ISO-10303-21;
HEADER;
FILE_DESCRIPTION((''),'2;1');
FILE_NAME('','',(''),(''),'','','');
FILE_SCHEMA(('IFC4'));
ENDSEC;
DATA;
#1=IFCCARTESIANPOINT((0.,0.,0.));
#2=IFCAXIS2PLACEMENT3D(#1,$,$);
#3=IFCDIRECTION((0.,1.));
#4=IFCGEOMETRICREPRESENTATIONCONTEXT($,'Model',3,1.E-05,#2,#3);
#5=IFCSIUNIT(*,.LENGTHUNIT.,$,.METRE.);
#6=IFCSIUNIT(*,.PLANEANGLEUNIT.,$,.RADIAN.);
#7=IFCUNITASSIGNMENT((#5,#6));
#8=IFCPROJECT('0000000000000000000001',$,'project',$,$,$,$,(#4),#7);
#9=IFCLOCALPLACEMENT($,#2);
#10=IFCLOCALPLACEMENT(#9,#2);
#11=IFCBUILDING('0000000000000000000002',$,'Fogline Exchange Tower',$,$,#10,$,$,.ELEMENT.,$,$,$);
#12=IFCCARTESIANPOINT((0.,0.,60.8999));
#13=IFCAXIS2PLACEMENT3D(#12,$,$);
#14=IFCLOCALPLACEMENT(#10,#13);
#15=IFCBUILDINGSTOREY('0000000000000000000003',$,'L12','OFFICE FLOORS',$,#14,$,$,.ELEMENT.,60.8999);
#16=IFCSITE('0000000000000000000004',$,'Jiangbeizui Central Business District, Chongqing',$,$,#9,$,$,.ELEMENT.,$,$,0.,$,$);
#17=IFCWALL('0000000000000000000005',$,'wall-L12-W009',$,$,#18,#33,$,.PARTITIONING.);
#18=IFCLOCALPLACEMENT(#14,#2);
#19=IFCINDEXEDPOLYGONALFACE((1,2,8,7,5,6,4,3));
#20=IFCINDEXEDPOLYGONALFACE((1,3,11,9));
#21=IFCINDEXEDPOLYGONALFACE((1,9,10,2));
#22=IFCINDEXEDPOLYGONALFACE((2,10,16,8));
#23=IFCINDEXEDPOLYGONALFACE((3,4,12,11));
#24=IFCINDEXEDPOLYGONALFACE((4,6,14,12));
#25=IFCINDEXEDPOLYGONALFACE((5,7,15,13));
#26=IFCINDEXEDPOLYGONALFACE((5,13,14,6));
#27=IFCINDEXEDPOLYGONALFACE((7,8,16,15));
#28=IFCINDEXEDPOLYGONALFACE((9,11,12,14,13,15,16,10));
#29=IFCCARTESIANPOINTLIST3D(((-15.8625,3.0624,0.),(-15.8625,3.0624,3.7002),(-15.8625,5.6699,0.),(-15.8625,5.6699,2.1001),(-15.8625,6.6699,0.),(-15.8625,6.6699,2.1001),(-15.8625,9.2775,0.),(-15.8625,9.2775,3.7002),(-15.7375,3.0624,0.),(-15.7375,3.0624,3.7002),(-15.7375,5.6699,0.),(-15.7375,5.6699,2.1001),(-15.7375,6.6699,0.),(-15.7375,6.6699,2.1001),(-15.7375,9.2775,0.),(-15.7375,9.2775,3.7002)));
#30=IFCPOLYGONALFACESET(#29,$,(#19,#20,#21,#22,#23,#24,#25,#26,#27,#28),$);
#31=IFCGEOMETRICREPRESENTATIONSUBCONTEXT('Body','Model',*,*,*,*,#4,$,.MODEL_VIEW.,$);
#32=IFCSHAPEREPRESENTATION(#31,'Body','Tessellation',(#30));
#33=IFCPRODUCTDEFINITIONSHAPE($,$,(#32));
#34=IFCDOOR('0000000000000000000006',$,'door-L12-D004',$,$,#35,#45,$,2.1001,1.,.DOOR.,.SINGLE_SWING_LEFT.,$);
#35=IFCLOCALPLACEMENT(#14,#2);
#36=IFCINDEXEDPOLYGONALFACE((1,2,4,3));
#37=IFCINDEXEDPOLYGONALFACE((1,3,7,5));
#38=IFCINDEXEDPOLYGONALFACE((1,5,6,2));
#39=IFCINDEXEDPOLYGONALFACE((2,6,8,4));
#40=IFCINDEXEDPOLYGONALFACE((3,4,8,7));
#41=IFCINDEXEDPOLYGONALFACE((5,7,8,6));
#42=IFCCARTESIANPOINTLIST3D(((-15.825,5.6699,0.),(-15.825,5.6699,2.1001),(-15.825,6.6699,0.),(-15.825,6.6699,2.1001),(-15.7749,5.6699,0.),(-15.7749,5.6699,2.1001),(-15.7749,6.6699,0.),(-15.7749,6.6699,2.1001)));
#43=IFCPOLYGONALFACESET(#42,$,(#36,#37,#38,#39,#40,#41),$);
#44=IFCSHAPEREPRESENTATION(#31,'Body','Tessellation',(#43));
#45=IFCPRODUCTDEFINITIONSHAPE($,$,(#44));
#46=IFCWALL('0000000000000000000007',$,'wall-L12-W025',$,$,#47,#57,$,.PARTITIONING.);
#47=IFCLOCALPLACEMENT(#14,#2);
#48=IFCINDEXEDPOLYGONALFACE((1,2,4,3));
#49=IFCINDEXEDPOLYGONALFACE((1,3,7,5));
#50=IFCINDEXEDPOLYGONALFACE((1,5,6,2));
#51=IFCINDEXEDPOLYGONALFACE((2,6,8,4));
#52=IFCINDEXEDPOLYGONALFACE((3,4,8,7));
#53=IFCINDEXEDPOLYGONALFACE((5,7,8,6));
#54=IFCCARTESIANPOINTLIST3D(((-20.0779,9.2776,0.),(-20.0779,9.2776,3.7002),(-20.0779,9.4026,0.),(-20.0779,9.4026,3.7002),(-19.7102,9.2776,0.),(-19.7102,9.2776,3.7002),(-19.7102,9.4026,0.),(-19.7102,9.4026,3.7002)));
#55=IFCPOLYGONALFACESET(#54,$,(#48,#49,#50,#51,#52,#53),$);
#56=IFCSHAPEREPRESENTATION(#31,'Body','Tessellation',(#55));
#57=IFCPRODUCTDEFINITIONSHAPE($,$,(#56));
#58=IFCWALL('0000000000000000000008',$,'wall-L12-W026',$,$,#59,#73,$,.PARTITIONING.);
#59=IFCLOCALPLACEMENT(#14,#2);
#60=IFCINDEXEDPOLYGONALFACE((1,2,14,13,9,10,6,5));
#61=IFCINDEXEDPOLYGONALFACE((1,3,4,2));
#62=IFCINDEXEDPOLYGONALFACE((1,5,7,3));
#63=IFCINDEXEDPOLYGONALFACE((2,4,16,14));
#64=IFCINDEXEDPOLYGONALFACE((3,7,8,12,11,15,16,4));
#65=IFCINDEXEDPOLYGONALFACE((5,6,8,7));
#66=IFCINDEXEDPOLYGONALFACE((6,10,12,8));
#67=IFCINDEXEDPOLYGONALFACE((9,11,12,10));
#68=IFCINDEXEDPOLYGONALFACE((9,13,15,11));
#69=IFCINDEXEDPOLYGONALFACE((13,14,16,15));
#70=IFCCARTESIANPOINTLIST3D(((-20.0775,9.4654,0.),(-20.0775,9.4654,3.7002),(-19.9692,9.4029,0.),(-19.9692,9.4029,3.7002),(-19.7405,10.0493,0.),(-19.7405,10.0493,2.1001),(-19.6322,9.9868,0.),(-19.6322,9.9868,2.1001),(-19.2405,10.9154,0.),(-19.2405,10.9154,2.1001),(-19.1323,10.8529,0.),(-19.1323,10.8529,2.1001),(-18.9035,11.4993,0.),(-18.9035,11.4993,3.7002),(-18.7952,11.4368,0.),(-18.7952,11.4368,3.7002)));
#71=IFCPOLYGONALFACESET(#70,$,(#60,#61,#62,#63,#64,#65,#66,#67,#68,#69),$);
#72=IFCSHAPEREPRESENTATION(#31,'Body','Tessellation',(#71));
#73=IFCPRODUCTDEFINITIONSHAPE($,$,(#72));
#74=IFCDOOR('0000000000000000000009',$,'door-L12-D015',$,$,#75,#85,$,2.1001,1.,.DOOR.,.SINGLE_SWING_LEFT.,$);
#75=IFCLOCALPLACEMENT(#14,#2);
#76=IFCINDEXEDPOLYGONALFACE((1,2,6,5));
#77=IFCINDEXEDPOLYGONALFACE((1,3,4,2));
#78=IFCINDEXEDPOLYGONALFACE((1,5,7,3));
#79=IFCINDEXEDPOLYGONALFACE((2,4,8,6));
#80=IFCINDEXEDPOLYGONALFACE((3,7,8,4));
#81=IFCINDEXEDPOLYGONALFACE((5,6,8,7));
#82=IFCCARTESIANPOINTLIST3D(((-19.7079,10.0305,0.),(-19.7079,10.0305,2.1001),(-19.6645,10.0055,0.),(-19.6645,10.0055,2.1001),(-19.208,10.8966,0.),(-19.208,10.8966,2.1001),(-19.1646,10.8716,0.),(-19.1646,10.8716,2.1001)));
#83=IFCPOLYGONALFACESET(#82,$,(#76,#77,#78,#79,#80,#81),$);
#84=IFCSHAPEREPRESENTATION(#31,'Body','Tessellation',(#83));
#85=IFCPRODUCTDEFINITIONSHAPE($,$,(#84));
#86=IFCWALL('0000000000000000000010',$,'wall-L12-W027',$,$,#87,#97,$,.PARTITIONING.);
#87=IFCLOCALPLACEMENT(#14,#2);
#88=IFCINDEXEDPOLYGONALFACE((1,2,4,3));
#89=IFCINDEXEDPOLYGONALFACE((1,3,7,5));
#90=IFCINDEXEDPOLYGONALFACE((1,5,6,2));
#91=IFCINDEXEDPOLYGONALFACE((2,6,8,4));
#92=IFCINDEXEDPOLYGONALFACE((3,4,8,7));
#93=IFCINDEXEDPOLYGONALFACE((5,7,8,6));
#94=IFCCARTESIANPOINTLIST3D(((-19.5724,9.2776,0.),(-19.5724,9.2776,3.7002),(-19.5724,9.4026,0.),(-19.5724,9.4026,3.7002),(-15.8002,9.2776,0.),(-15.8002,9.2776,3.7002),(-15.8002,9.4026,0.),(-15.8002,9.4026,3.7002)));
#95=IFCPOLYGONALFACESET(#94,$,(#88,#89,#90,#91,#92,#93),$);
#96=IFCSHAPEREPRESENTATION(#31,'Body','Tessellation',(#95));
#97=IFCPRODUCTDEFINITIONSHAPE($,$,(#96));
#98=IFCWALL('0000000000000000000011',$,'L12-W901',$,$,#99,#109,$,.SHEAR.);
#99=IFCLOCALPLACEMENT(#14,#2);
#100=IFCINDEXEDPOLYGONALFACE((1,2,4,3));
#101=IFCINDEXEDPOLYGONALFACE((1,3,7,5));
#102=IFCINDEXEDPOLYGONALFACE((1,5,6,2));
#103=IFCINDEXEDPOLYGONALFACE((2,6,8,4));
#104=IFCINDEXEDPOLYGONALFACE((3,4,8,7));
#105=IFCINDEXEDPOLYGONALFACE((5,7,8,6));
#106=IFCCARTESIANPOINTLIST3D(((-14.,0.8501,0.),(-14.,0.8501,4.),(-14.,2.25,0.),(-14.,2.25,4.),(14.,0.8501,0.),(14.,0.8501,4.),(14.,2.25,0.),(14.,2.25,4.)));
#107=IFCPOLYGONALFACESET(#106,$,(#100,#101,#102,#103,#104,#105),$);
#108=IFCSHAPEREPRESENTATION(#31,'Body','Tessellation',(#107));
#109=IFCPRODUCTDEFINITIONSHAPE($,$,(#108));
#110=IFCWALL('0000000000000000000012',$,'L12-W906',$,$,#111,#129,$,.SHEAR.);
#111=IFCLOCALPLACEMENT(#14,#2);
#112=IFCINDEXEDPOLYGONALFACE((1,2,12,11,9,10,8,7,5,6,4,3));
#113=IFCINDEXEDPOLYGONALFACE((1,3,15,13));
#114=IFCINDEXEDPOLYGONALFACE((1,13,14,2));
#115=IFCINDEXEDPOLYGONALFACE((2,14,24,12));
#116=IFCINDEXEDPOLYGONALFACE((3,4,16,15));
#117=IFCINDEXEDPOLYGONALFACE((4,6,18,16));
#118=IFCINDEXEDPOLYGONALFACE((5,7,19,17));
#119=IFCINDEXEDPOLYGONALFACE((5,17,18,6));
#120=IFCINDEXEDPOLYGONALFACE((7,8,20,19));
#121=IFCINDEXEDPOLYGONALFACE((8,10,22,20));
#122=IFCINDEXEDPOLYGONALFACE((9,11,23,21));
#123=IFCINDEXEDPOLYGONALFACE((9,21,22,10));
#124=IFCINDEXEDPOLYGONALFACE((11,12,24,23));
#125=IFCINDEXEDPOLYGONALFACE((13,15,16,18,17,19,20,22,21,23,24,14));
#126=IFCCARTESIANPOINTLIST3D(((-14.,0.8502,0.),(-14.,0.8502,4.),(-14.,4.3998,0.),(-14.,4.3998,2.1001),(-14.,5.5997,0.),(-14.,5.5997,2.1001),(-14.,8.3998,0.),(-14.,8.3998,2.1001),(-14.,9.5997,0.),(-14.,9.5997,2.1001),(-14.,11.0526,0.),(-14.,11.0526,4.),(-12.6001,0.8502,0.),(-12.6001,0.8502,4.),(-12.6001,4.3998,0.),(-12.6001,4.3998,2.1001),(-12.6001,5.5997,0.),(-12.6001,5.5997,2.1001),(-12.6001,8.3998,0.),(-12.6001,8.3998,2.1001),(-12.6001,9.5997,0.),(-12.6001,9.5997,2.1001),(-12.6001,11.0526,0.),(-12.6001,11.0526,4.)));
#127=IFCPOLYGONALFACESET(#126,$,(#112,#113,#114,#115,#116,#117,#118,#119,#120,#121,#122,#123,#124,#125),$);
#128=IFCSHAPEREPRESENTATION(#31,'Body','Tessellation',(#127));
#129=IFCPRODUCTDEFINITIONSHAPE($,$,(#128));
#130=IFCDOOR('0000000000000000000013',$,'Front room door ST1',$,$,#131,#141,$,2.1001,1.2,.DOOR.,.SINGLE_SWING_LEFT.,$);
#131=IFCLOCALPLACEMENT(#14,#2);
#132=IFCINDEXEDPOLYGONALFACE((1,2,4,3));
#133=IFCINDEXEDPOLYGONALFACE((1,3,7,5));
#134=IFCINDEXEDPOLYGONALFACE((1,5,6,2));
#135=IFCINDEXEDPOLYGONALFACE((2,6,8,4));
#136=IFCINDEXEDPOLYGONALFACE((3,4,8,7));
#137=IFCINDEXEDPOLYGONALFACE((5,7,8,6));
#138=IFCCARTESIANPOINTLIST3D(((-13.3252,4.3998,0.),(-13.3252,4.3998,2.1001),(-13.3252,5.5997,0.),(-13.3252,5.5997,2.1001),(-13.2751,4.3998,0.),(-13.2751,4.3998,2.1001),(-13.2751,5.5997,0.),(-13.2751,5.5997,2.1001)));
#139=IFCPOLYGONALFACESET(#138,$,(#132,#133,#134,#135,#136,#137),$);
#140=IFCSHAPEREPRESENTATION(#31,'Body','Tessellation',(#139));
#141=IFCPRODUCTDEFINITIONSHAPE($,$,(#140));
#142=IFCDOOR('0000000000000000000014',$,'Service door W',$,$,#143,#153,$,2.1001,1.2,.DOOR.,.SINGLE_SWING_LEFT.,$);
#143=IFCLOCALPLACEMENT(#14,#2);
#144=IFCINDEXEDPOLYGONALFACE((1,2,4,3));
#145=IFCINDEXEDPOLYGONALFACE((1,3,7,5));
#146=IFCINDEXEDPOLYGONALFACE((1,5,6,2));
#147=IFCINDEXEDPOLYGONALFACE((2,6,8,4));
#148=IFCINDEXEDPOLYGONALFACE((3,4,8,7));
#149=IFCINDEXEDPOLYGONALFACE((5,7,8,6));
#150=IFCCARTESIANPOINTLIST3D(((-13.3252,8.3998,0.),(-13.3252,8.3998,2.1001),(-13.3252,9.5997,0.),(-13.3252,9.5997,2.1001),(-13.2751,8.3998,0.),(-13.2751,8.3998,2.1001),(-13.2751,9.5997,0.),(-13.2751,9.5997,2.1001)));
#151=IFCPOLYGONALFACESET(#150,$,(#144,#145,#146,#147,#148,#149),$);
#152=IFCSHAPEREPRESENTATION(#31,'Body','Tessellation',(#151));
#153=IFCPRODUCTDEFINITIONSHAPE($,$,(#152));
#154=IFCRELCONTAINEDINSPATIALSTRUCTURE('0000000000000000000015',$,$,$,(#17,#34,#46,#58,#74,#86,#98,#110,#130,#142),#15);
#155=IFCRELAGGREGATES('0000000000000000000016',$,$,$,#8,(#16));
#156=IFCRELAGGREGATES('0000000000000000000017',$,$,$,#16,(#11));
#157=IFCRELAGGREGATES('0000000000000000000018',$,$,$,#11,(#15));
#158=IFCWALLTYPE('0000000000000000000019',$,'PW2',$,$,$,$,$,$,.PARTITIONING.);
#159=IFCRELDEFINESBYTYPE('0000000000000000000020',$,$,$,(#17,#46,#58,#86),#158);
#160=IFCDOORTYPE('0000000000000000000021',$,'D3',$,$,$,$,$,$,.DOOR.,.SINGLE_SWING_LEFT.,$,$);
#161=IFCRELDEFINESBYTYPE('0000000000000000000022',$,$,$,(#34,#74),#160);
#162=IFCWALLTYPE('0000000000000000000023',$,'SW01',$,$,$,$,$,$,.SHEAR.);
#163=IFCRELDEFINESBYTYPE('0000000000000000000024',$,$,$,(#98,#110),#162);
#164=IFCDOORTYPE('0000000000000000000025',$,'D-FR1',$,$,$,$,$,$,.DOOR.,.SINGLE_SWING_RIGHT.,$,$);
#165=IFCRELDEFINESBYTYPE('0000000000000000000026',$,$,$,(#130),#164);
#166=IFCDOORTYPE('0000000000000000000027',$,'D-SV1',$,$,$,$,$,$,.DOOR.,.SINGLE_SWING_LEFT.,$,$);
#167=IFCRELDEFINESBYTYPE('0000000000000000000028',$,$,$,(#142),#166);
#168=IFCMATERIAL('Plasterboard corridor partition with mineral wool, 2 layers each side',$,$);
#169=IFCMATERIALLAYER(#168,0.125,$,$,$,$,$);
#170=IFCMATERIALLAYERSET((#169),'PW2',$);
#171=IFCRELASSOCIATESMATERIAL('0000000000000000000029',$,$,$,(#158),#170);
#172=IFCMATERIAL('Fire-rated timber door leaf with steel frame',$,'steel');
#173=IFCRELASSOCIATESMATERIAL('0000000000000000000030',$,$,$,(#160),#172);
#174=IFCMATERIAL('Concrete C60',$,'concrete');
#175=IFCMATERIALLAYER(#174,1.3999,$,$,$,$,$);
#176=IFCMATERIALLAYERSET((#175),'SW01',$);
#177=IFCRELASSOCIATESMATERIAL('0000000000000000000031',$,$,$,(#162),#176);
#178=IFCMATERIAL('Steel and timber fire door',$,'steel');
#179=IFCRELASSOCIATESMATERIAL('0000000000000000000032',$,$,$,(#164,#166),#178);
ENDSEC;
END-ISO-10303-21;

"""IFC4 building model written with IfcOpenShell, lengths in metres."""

from ifc_helpers import new_model, si_unit, direction, frame, frame_2d, origin, place, context, subcontext, project, spatial, rectangle, extrude, material, layer, layer_set, type_object, element, fill, save


model = new_model("IFC4")

# Units and contexts
model_context = context("Model", 3, precision=1e-05, world=origin(), true_north=direction((0.0, 1.0)))
body_context = subcontext(model_context, "Body", "Model", "MODEL_VIEW")
ifc_project = project(units=[si_unit("LENGTHUNIT", "METRE"), si_unit("PLANEANGLEUNIT", "RADIAN")], contexts=[model_context])

# Site, building, storey
site_placement = place(None, origin())
site = spatial("IfcSite", under=ifc_project, at=site_placement, Name="Jiangbeizui Central Business District, Chongqing", CompositionType="ELEMENT", RefElevation=0.0)
building_placement = place(site_placement, origin())
building = spatial("IfcBuilding", under=site, at=building_placement, Name="Fogline Exchange Tower", CompositionType="ELEMENT")
storey_placement = place(building_placement, frame((0.0, 0.0, 60.8999)))
storey = spatial("IfcBuildingStorey", under=building, at=storey_placement, Name="L12", Description="OFFICE FLOORS", CompositionType="ELEMENT", Elevation=60.8999)

# Shared definitions
ifc_material_1 = material(Name="Steel and timber fire door", Category="steel")

# Shared definitions
ifc_material_2 = material(Name="Plasterboard corridor partition with mineral wool, 2 layers each side")
ifc_layer_1 = layer(ifc_material_2, 0.125)
ifc_layer_set_1 = layer_set([ifc_layer_1], Name="PW2")
wall_type_1 = type_object("IfcWallType", Name="PW2", PredefinedType="PARTITIONING", material=ifc_layer_set_1)

# Wall, opening, door
wall_1_placement = place(storey_placement, frame((-15.8, 3.0625, 0.0), z_axis=(0.0, 0.0, 1.0), x_axis=(0.0, 1.0, 0.0)))
wall_1 = element("IfcWall", 1, at=wall_1_placement, inside=storey, type_object=wall_type_1, Name="wall-L12-W009", PredefinedType="PARTITIONING", context=body_context, shape_type="SweptSolid", body=[
    extrude(rectangle(XDim=6.2151, YDim=0.125, at=frame_2d((3.1074, 0.0))), origin(), (0.0, 0.0, 1.0), 3.7002),
])
opening_1_placement = place(wall_1_placement, frame((2.6074, 0.0, 0.0)))
opening_1 = element("IfcOpeningElement", 2, at=opening_1_placement, cuts=wall_1, PredefinedType="OPENING", context=body_context, shape_type="SweptSolid", body=[
    extrude(rectangle(XDim=1.0, YDim=2.1001, at=frame_2d((0.5, 1.05))), frame((0.0, 0.0725, 0.0), z_axis=(0.0, -1.0, 0.0), x_axis=(1.0, 0.0, 0.0)), (0.0, 0.0, 1.0), 0.145),
])
ifc_material_3 = material(Name="Fire-rated timber door leaf with steel frame", Category="steel")
door_type_1 = type_object("IfcDoorType", Name="D3", OperationType="SINGLE_SWING_LEFT", PredefinedType="DOOR", material=ifc_material_3)
door_1_placement = place(opening_1_placement, origin())
door_1 = element("IfcDoor", 3, at=door_1_placement, inside=storey, type_object=door_type_1, Name="door-L12-D004", OperationType="SINGLE_SWING_LEFT", OverallHeight=2.1001, OverallWidth=1.0, PredefinedType="DOOR", context=body_context, shape_type="SweptSolid", body=[
    extrude(rectangle(XDim=1.0, YDim=2.1001, at=frame_2d((0.5, 1.05))), frame((0.0, 0.0249, 0.0), z_axis=(0.0, -1.0, 0.0), x_axis=(1.0, 0.0, 0.0)), (0.0, 0.0, 1.0), 0.05),
])
fill(opening_1, door_1)

# Wall
wall_2_placement = place(storey_placement, frame((-19.7102, 9.3401, 0.0), z_axis=(0.0, 0.0, 1.0), x_axis=(-1.0, 0.0, 0.0)))
element("IfcWall", 4, at=wall_2_placement, inside=storey, type_object=wall_type_1, Name="wall-L12-W025", PredefinedType="PARTITIONING", context=body_context, shape_type="SweptSolid", body=[
    extrude(rectangle(XDim=0.3677, YDim=0.125, at=frame_2d((0.1838, 0.0))), origin(), (0.0, 0.0, 1.0), 3.7002),
])

# Wall, opening, door
wall_3_placement = place(storey_placement, frame((-20.0234, 9.4341, 0.0), z_axis=(0.0, 0.0, 1.0), x_axis=(0.499929, 0.866066, 0.0)))
wall_3 = element("IfcWall", 5, at=wall_3_placement, inside=storey, type_object=wall_type_1, Name="wall-L12-W026", PredefinedType="PARTITIONING", context=body_context, shape_type="SweptSolid", body=[
    extrude(rectangle(XDim=2.3484, YDim=0.125, at=frame_2d((1.1743, 0.0))), origin(), (0.0, 0.0, 1.0), 3.7002),
])
opening_2_placement = place(wall_3_placement, frame((0.6743, 0.0, 0.0)))
opening_2 = element("IfcOpeningElement", 6, at=opening_2_placement, cuts=wall_3, PredefinedType="OPENING", context=body_context, shape_type="SweptSolid", body=[
    extrude(rectangle(XDim=1.0, YDim=2.1001, at=frame_2d((0.5, 1.05))), frame((0.0, 0.0725, 0.0), z_axis=(0.0, -1.0, 0.0), x_axis=(1.0, 0.0, 0.0)), (0.0, 0.0, 1.0), 0.145),
])
door_2_placement = place(opening_2_placement, origin())
door_2 = element("IfcDoor", 7, at=door_2_placement, inside=storey, type_object=door_type_1, Name="door-L12-D015", OperationType="SINGLE_SWING_LEFT", OverallHeight=2.1001, OverallWidth=1.0, PredefinedType="DOOR", context=body_context, shape_type="SweptSolid", body=[
    extrude(rectangle(XDim=1.0, YDim=2.1001, at=frame_2d((0.5, 1.05))), frame((0.0, 0.0249, 0.0), z_axis=(0.0, -1.0, 0.0), x_axis=(1.0, 0.0, 0.0)), (0.0, 0.0, 1.0), 0.05),
])
fill(opening_2, door_2)

# Walls
wall_4_placement = place(storey_placement, frame((-15.8, 9.3401, 0.0), z_axis=(0.0, 0.0, 1.0), x_axis=(-1.0, 0.0, 0.0)))
element("IfcWall", 8, at=wall_4_placement, inside=storey, type_object=wall_type_1, Name="wall-L12-W027", PredefinedType="PARTITIONING", context=body_context, shape_type="SweptSolid", body=[
    extrude(rectangle(XDim=3.7722, YDim=0.125, at=frame_2d((1.8862, 0.0))), origin(), (0.0, 0.0, 1.0), 3.7002),
])
ifc_material_4 = material(Name="Concrete C60", Category="concrete")
ifc_layer_2 = layer(ifc_material_4, 1.3999)
ifc_layer_set_2 = layer_set([ifc_layer_2], Name="SW01")
wall_type_2 = type_object("IfcWallType", Name="SW01", PredefinedType="SHEAR", material=ifc_layer_set_2)
wall_5_placement = place(storey_placement, frame((-14.0, 1.55, 0.0), z_axis=(0.0, 0.0, 1.0), x_axis=(1.0, 0.0, 0.0)))
element("IfcWall", 9, at=wall_5_placement, inside=storey, type_object=wall_type_2, Name="L12-W901", PredefinedType="SHEAR", context=body_context, shape_type="SweptSolid", body=[
    extrude(rectangle(XDim=28.0, YDim=1.3999, at=frame_2d((14.0, 0.0))), origin(), (0.0, 0.0, 1.0), 4.0),
])

# Wall, openings, doors
wall_6_placement = place(storey_placement, frame((-13.3, 11.0525, 0.0), z_axis=(0.0, 0.0, 1.0), x_axis=(0.0, -1.0, 0.0)))
wall_6 = element("IfcWall", 10, at=wall_6_placement, inside=storey, type_object=wall_type_2, Name="L12-W906", PredefinedType="SHEAR", context=body_context, shape_type="SweptSolid", body=[
    extrude(rectangle(XDim=10.2024, YDim=1.3999, at=frame_2d((5.1011, 0.0))), origin(), (0.0, 0.0, 1.0), 4.0),
])
opening_3_placement = place(wall_6_placement, frame((5.4526, 0.0, 0.0)))
opening_3 = element("IfcOpeningElement", 11, at=opening_3_placement, cuts=wall_6, PredefinedType="OPENING", context=body_context, shape_type="SweptSolid", body=[
    extrude(rectangle(XDim=1.2, YDim=2.1001, at=frame_2d((0.6001, 1.05))), frame((0.0, 0.71, 0.0), z_axis=(0.0, -1.0, 0.0), x_axis=(1.0, 0.0, 0.0)), (0.0, 0.0, 1.0), 1.4199),
])
opening_4_placement = place(wall_6_placement, frame((1.4526, 0.0, 0.0)))
opening_4 = element("IfcOpeningElement", 12, at=opening_4_placement, cuts=wall_6, PredefinedType="OPENING", context=body_context, shape_type="SweptSolid", body=[
    extrude(rectangle(XDim=1.2, YDim=2.1001, at=frame_2d((0.6001, 1.05))), frame((0.0, 0.71, 0.0), z_axis=(0.0, -1.0, 0.0), x_axis=(1.0, 0.0, 0.0)), (0.0, 0.0, 1.0), 1.4199),
])
door_type_2 = type_object("IfcDoorType", Name="D-FR1", OperationType="SINGLE_SWING_RIGHT", PredefinedType="DOOR", material=ifc_material_1)
door_3_placement = place(opening_3_placement, origin())
door_3 = element("IfcDoor", 13, at=door_3_placement, inside=storey, type_object=door_type_2, Name="Front room door ST1", OperationType="SINGLE_SWING_LEFT", OverallHeight=2.1001, OverallWidth=1.2, PredefinedType="DOOR", context=body_context, shape_type="SweptSolid", body=[
    extrude(rectangle(XDim=1.2, YDim=2.1001, at=frame_2d((0.6001, 1.05))), frame((0.0, 0.0249, 0.0), z_axis=(0.0, -1.0, 0.0), x_axis=(1.0, 0.0, 0.0)), (0.0, 0.0, 1.0), 0.05),
])
fill(opening_3, door_3)
door_type_3 = type_object("IfcDoorType", Name="D-SV1", OperationType="SINGLE_SWING_LEFT", PredefinedType="DOOR", material=ifc_material_1)
door_4_placement = place(opening_4_placement, origin())
door_4 = element("IfcDoor", 14, at=door_4_placement, inside=storey, type_object=door_type_3, Name="Service door W", OperationType="SINGLE_SWING_LEFT", OverallHeight=2.1001, OverallWidth=1.2, PredefinedType="DOOR", context=body_context, shape_type="SweptSolid", body=[
    extrude(rectangle(XDim=1.2, YDim=2.1001, at=frame_2d((0.6001, 1.05))), frame((0.0, 0.0249, 0.0), z_axis=(0.0, -1.0, 0.0), x_axis=(1.0, 0.0, 0.0)), (0.0, 0.0, 1.0), 0.05),
])
fill(opening_4, door_4)

save(model, "model.ifc")
